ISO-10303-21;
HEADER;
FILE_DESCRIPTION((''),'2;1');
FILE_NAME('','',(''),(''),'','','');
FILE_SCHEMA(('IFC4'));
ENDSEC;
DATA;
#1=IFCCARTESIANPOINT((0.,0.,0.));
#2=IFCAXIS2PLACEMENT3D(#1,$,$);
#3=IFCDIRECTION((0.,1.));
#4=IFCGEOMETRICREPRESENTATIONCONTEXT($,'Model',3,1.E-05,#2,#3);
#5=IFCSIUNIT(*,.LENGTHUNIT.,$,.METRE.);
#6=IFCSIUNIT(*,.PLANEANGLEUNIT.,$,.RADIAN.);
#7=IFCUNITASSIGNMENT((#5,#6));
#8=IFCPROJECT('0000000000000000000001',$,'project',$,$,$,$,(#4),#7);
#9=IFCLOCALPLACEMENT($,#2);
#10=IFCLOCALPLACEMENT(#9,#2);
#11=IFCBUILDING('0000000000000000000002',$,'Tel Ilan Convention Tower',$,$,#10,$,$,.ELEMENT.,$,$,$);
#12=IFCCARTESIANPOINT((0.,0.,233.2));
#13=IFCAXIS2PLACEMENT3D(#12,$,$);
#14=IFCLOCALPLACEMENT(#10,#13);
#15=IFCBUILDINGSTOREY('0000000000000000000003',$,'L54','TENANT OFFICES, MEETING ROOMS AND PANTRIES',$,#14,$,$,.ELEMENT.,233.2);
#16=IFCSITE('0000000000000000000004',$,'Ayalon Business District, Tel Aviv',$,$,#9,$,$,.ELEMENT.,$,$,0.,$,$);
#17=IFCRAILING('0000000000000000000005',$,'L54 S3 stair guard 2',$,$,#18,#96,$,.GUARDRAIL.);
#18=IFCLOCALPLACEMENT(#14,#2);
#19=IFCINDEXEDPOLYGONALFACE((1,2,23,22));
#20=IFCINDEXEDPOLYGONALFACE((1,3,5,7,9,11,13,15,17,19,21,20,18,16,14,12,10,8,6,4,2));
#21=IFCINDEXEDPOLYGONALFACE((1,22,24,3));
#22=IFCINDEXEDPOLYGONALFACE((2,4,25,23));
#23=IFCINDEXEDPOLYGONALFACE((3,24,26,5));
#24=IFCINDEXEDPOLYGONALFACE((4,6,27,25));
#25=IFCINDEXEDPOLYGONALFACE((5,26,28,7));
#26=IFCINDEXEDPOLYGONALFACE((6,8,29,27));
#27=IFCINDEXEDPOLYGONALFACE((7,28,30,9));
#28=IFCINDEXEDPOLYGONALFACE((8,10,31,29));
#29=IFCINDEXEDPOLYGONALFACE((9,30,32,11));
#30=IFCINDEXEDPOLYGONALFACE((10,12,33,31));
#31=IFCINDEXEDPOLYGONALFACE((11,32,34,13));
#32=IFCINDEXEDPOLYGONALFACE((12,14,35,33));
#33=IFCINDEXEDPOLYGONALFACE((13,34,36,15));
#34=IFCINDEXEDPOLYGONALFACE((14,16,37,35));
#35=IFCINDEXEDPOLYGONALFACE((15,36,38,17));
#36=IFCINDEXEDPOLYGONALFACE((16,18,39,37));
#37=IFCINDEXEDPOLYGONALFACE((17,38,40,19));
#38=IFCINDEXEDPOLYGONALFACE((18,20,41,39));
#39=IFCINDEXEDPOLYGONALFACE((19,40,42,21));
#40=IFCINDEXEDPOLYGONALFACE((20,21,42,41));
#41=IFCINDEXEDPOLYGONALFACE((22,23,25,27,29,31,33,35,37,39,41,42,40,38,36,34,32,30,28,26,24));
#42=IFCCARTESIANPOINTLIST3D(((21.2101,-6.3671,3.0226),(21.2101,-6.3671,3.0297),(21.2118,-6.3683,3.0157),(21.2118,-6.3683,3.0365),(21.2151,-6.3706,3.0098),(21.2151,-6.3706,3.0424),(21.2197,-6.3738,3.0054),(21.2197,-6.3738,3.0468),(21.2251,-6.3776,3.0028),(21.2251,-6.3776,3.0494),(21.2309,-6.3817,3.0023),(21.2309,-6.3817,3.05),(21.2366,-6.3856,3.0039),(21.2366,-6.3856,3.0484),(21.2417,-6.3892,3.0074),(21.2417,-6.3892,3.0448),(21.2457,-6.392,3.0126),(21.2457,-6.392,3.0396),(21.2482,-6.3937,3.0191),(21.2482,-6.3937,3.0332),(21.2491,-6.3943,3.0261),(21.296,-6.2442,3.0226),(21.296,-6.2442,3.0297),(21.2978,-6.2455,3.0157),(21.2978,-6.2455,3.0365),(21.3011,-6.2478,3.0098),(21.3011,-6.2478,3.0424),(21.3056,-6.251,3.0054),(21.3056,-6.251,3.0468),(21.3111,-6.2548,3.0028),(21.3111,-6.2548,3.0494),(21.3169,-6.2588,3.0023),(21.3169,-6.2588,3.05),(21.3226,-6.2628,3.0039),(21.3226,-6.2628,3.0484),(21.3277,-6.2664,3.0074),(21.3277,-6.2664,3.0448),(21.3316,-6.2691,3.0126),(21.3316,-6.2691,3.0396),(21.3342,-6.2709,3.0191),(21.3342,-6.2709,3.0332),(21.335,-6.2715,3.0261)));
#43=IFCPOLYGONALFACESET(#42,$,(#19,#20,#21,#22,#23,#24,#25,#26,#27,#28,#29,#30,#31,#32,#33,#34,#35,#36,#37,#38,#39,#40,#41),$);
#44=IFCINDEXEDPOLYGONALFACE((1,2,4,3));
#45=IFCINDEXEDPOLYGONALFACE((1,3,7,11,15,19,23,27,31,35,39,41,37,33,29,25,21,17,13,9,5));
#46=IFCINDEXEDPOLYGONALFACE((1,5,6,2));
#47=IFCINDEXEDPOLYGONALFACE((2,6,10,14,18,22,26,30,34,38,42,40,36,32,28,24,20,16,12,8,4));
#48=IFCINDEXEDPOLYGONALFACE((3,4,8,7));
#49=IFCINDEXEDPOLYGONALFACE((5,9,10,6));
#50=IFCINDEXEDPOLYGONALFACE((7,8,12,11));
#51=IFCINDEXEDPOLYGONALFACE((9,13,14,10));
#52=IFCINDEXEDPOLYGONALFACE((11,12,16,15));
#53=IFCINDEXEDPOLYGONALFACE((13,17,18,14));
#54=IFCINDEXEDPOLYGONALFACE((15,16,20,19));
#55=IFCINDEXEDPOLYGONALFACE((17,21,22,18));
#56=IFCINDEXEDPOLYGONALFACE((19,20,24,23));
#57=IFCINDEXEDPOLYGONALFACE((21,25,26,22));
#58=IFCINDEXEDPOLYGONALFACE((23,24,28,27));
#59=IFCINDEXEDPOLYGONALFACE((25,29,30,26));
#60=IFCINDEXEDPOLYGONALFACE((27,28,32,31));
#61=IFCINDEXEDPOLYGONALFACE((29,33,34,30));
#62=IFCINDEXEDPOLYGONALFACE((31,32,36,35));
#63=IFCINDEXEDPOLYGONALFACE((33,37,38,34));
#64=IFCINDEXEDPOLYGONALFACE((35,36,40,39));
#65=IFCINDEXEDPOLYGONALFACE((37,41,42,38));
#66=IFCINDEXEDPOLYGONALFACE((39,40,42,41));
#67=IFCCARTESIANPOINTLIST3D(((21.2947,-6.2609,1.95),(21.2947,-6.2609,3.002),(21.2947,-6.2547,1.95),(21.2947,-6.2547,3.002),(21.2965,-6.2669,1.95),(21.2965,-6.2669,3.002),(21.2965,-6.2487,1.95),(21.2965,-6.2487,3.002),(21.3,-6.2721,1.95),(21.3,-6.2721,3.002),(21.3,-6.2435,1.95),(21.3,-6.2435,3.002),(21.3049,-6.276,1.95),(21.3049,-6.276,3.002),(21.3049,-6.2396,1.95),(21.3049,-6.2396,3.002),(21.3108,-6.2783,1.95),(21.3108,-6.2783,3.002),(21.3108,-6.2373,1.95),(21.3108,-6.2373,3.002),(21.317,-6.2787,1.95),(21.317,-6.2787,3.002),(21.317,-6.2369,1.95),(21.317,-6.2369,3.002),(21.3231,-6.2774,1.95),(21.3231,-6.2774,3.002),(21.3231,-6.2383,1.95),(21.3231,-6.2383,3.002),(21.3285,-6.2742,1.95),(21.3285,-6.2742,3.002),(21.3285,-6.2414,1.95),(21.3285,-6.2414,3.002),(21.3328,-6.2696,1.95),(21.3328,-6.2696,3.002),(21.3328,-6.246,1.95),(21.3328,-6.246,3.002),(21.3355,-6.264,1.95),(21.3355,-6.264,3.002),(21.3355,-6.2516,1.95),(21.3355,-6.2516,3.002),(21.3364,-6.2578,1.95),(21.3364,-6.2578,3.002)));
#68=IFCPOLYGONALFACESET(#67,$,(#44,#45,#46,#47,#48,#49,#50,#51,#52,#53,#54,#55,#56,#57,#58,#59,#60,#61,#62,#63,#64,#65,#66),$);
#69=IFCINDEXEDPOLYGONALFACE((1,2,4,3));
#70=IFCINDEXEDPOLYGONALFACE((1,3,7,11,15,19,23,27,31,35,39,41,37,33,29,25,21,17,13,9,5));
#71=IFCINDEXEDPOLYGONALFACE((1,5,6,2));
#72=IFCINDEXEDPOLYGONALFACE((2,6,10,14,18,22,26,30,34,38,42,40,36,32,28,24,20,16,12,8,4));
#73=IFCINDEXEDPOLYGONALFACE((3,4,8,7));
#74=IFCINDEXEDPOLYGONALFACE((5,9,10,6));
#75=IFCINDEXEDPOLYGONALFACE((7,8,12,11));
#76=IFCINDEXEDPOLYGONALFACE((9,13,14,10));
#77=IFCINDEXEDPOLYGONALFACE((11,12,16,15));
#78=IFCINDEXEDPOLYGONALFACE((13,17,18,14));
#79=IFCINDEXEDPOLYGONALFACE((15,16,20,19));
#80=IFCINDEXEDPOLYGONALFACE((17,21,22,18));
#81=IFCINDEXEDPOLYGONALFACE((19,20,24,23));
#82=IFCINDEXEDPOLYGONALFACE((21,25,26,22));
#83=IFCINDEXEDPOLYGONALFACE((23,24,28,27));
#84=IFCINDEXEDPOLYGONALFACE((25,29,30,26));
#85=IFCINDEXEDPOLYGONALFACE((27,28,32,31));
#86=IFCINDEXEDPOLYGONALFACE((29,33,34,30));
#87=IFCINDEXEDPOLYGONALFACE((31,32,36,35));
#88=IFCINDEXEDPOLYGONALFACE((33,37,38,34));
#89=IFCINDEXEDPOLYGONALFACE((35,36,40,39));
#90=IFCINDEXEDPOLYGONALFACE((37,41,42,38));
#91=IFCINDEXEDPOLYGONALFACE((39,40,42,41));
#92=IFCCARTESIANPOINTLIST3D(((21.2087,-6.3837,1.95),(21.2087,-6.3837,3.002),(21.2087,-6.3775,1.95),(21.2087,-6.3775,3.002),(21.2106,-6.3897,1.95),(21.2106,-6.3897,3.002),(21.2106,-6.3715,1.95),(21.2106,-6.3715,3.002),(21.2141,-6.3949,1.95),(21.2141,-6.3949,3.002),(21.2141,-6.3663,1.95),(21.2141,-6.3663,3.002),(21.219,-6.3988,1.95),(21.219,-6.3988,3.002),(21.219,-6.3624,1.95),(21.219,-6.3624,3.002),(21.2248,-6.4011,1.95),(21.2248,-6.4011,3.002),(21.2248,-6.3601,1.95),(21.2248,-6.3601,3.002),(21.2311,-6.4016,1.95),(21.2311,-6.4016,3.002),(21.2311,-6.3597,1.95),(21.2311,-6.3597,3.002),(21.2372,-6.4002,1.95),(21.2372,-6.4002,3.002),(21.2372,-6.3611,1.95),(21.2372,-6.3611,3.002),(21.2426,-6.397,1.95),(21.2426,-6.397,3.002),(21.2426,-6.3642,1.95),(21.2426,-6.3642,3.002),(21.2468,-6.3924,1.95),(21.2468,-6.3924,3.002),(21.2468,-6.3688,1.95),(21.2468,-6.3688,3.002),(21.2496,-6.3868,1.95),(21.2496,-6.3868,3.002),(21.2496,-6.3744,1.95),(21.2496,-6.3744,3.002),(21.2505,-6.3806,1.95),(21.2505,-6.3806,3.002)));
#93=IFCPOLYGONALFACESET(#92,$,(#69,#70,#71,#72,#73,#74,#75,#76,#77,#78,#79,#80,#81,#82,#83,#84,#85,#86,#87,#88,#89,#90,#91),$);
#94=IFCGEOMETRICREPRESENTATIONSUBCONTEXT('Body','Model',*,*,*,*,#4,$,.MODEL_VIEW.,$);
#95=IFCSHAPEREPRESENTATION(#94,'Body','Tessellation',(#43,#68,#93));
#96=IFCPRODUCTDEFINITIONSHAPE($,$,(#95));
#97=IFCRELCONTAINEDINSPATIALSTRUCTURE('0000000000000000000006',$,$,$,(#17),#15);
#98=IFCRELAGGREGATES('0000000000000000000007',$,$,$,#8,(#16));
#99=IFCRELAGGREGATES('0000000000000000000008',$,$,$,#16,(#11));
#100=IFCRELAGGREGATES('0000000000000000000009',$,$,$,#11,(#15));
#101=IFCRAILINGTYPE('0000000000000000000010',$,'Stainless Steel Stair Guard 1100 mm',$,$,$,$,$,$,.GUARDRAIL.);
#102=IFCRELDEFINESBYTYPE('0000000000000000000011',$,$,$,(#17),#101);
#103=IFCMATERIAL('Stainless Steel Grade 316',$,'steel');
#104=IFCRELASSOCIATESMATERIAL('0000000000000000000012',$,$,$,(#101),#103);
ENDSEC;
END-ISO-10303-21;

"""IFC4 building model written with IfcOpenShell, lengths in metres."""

from ifc_helpers import new_model, si_unit, direction, frame, origin, origin_2d, place, context, subcontext, project, spatial, circle, extrude, material, type_object, element, save


model = new_model("IFC4")

# Units and contexts
model_context = context("Model", 3, precision=1e-05, world=origin(), true_north=direction((0.0, 1.0)))
body_context = subcontext(model_context, "Body", "Model", "MODEL_VIEW")
ifc_project = project(units=[si_unit("LENGTHUNIT", "METRE"), si_unit("PLANEANGLEUNIT", "RADIAN")], contexts=[model_context])

# Site, building, storey
site_placement = place(None, origin())
site = spatial("IfcSite", under=ifc_project, at=site_placement, Name="Ayalon Business District, Tel Aviv", CompositionType="ELEMENT", RefElevation=0.0)
building_placement = place(site_placement, origin())
building = spatial("IfcBuilding", under=site, at=building_placement, Name="Tel Ilan Convention Tower", CompositionType="ELEMENT")
storey_placement = place(building_placement, frame((0.0, 0.0, 233.2)))
storey = spatial("IfcBuildingStorey", under=building, at=storey_placement, Name="L54", Description="TENANT OFFICES, MEETING ROOMS AND PANTRIES", CompositionType="ELEMENT", Elevation=233.2)

# Railing
ifc_material_1 = material(Name="Stainless Steel Grade 316", Category="steel")
railing_type_1 = type_object("IfcRailingType", Name="Stainless Steel Stair Guard 1100 mm", PredefinedType="GUARDRAIL", material=ifc_material_1)
railing_1_placement = place(storey_placement, frame((21.3154, -6.2578, 1.95)))
element("IfcRailing", 1, at=railing_1_placement, inside=storey, type_object=railing_type_1, Name="L54 S3 stair guard 2", PredefinedType="GUARDRAIL", context=body_context, shape_type="SweptSolid", body=[
    extrude(circle(Radius=0.0239, at=origin_2d()), frame((0.0, 0.0, 1.0762), z_axis=(-0.573353, -0.819308, 0.0), x_axis=(0.819308, -0.573353, 0.0)), (0.0, 0.0, 1.0), 0.1499),
    extrude(circle(Radius=0.021, at=origin_2d()), origin(), (0.0, 0.0, 1.0), 1.052),
    extrude(circle(Radius=0.021, at=origin_2d()), frame((-0.0859, -0.1228, 0.0)), (0.0, 0.0, 1.0), 1.052),
])

save(model, "model.ifc")
